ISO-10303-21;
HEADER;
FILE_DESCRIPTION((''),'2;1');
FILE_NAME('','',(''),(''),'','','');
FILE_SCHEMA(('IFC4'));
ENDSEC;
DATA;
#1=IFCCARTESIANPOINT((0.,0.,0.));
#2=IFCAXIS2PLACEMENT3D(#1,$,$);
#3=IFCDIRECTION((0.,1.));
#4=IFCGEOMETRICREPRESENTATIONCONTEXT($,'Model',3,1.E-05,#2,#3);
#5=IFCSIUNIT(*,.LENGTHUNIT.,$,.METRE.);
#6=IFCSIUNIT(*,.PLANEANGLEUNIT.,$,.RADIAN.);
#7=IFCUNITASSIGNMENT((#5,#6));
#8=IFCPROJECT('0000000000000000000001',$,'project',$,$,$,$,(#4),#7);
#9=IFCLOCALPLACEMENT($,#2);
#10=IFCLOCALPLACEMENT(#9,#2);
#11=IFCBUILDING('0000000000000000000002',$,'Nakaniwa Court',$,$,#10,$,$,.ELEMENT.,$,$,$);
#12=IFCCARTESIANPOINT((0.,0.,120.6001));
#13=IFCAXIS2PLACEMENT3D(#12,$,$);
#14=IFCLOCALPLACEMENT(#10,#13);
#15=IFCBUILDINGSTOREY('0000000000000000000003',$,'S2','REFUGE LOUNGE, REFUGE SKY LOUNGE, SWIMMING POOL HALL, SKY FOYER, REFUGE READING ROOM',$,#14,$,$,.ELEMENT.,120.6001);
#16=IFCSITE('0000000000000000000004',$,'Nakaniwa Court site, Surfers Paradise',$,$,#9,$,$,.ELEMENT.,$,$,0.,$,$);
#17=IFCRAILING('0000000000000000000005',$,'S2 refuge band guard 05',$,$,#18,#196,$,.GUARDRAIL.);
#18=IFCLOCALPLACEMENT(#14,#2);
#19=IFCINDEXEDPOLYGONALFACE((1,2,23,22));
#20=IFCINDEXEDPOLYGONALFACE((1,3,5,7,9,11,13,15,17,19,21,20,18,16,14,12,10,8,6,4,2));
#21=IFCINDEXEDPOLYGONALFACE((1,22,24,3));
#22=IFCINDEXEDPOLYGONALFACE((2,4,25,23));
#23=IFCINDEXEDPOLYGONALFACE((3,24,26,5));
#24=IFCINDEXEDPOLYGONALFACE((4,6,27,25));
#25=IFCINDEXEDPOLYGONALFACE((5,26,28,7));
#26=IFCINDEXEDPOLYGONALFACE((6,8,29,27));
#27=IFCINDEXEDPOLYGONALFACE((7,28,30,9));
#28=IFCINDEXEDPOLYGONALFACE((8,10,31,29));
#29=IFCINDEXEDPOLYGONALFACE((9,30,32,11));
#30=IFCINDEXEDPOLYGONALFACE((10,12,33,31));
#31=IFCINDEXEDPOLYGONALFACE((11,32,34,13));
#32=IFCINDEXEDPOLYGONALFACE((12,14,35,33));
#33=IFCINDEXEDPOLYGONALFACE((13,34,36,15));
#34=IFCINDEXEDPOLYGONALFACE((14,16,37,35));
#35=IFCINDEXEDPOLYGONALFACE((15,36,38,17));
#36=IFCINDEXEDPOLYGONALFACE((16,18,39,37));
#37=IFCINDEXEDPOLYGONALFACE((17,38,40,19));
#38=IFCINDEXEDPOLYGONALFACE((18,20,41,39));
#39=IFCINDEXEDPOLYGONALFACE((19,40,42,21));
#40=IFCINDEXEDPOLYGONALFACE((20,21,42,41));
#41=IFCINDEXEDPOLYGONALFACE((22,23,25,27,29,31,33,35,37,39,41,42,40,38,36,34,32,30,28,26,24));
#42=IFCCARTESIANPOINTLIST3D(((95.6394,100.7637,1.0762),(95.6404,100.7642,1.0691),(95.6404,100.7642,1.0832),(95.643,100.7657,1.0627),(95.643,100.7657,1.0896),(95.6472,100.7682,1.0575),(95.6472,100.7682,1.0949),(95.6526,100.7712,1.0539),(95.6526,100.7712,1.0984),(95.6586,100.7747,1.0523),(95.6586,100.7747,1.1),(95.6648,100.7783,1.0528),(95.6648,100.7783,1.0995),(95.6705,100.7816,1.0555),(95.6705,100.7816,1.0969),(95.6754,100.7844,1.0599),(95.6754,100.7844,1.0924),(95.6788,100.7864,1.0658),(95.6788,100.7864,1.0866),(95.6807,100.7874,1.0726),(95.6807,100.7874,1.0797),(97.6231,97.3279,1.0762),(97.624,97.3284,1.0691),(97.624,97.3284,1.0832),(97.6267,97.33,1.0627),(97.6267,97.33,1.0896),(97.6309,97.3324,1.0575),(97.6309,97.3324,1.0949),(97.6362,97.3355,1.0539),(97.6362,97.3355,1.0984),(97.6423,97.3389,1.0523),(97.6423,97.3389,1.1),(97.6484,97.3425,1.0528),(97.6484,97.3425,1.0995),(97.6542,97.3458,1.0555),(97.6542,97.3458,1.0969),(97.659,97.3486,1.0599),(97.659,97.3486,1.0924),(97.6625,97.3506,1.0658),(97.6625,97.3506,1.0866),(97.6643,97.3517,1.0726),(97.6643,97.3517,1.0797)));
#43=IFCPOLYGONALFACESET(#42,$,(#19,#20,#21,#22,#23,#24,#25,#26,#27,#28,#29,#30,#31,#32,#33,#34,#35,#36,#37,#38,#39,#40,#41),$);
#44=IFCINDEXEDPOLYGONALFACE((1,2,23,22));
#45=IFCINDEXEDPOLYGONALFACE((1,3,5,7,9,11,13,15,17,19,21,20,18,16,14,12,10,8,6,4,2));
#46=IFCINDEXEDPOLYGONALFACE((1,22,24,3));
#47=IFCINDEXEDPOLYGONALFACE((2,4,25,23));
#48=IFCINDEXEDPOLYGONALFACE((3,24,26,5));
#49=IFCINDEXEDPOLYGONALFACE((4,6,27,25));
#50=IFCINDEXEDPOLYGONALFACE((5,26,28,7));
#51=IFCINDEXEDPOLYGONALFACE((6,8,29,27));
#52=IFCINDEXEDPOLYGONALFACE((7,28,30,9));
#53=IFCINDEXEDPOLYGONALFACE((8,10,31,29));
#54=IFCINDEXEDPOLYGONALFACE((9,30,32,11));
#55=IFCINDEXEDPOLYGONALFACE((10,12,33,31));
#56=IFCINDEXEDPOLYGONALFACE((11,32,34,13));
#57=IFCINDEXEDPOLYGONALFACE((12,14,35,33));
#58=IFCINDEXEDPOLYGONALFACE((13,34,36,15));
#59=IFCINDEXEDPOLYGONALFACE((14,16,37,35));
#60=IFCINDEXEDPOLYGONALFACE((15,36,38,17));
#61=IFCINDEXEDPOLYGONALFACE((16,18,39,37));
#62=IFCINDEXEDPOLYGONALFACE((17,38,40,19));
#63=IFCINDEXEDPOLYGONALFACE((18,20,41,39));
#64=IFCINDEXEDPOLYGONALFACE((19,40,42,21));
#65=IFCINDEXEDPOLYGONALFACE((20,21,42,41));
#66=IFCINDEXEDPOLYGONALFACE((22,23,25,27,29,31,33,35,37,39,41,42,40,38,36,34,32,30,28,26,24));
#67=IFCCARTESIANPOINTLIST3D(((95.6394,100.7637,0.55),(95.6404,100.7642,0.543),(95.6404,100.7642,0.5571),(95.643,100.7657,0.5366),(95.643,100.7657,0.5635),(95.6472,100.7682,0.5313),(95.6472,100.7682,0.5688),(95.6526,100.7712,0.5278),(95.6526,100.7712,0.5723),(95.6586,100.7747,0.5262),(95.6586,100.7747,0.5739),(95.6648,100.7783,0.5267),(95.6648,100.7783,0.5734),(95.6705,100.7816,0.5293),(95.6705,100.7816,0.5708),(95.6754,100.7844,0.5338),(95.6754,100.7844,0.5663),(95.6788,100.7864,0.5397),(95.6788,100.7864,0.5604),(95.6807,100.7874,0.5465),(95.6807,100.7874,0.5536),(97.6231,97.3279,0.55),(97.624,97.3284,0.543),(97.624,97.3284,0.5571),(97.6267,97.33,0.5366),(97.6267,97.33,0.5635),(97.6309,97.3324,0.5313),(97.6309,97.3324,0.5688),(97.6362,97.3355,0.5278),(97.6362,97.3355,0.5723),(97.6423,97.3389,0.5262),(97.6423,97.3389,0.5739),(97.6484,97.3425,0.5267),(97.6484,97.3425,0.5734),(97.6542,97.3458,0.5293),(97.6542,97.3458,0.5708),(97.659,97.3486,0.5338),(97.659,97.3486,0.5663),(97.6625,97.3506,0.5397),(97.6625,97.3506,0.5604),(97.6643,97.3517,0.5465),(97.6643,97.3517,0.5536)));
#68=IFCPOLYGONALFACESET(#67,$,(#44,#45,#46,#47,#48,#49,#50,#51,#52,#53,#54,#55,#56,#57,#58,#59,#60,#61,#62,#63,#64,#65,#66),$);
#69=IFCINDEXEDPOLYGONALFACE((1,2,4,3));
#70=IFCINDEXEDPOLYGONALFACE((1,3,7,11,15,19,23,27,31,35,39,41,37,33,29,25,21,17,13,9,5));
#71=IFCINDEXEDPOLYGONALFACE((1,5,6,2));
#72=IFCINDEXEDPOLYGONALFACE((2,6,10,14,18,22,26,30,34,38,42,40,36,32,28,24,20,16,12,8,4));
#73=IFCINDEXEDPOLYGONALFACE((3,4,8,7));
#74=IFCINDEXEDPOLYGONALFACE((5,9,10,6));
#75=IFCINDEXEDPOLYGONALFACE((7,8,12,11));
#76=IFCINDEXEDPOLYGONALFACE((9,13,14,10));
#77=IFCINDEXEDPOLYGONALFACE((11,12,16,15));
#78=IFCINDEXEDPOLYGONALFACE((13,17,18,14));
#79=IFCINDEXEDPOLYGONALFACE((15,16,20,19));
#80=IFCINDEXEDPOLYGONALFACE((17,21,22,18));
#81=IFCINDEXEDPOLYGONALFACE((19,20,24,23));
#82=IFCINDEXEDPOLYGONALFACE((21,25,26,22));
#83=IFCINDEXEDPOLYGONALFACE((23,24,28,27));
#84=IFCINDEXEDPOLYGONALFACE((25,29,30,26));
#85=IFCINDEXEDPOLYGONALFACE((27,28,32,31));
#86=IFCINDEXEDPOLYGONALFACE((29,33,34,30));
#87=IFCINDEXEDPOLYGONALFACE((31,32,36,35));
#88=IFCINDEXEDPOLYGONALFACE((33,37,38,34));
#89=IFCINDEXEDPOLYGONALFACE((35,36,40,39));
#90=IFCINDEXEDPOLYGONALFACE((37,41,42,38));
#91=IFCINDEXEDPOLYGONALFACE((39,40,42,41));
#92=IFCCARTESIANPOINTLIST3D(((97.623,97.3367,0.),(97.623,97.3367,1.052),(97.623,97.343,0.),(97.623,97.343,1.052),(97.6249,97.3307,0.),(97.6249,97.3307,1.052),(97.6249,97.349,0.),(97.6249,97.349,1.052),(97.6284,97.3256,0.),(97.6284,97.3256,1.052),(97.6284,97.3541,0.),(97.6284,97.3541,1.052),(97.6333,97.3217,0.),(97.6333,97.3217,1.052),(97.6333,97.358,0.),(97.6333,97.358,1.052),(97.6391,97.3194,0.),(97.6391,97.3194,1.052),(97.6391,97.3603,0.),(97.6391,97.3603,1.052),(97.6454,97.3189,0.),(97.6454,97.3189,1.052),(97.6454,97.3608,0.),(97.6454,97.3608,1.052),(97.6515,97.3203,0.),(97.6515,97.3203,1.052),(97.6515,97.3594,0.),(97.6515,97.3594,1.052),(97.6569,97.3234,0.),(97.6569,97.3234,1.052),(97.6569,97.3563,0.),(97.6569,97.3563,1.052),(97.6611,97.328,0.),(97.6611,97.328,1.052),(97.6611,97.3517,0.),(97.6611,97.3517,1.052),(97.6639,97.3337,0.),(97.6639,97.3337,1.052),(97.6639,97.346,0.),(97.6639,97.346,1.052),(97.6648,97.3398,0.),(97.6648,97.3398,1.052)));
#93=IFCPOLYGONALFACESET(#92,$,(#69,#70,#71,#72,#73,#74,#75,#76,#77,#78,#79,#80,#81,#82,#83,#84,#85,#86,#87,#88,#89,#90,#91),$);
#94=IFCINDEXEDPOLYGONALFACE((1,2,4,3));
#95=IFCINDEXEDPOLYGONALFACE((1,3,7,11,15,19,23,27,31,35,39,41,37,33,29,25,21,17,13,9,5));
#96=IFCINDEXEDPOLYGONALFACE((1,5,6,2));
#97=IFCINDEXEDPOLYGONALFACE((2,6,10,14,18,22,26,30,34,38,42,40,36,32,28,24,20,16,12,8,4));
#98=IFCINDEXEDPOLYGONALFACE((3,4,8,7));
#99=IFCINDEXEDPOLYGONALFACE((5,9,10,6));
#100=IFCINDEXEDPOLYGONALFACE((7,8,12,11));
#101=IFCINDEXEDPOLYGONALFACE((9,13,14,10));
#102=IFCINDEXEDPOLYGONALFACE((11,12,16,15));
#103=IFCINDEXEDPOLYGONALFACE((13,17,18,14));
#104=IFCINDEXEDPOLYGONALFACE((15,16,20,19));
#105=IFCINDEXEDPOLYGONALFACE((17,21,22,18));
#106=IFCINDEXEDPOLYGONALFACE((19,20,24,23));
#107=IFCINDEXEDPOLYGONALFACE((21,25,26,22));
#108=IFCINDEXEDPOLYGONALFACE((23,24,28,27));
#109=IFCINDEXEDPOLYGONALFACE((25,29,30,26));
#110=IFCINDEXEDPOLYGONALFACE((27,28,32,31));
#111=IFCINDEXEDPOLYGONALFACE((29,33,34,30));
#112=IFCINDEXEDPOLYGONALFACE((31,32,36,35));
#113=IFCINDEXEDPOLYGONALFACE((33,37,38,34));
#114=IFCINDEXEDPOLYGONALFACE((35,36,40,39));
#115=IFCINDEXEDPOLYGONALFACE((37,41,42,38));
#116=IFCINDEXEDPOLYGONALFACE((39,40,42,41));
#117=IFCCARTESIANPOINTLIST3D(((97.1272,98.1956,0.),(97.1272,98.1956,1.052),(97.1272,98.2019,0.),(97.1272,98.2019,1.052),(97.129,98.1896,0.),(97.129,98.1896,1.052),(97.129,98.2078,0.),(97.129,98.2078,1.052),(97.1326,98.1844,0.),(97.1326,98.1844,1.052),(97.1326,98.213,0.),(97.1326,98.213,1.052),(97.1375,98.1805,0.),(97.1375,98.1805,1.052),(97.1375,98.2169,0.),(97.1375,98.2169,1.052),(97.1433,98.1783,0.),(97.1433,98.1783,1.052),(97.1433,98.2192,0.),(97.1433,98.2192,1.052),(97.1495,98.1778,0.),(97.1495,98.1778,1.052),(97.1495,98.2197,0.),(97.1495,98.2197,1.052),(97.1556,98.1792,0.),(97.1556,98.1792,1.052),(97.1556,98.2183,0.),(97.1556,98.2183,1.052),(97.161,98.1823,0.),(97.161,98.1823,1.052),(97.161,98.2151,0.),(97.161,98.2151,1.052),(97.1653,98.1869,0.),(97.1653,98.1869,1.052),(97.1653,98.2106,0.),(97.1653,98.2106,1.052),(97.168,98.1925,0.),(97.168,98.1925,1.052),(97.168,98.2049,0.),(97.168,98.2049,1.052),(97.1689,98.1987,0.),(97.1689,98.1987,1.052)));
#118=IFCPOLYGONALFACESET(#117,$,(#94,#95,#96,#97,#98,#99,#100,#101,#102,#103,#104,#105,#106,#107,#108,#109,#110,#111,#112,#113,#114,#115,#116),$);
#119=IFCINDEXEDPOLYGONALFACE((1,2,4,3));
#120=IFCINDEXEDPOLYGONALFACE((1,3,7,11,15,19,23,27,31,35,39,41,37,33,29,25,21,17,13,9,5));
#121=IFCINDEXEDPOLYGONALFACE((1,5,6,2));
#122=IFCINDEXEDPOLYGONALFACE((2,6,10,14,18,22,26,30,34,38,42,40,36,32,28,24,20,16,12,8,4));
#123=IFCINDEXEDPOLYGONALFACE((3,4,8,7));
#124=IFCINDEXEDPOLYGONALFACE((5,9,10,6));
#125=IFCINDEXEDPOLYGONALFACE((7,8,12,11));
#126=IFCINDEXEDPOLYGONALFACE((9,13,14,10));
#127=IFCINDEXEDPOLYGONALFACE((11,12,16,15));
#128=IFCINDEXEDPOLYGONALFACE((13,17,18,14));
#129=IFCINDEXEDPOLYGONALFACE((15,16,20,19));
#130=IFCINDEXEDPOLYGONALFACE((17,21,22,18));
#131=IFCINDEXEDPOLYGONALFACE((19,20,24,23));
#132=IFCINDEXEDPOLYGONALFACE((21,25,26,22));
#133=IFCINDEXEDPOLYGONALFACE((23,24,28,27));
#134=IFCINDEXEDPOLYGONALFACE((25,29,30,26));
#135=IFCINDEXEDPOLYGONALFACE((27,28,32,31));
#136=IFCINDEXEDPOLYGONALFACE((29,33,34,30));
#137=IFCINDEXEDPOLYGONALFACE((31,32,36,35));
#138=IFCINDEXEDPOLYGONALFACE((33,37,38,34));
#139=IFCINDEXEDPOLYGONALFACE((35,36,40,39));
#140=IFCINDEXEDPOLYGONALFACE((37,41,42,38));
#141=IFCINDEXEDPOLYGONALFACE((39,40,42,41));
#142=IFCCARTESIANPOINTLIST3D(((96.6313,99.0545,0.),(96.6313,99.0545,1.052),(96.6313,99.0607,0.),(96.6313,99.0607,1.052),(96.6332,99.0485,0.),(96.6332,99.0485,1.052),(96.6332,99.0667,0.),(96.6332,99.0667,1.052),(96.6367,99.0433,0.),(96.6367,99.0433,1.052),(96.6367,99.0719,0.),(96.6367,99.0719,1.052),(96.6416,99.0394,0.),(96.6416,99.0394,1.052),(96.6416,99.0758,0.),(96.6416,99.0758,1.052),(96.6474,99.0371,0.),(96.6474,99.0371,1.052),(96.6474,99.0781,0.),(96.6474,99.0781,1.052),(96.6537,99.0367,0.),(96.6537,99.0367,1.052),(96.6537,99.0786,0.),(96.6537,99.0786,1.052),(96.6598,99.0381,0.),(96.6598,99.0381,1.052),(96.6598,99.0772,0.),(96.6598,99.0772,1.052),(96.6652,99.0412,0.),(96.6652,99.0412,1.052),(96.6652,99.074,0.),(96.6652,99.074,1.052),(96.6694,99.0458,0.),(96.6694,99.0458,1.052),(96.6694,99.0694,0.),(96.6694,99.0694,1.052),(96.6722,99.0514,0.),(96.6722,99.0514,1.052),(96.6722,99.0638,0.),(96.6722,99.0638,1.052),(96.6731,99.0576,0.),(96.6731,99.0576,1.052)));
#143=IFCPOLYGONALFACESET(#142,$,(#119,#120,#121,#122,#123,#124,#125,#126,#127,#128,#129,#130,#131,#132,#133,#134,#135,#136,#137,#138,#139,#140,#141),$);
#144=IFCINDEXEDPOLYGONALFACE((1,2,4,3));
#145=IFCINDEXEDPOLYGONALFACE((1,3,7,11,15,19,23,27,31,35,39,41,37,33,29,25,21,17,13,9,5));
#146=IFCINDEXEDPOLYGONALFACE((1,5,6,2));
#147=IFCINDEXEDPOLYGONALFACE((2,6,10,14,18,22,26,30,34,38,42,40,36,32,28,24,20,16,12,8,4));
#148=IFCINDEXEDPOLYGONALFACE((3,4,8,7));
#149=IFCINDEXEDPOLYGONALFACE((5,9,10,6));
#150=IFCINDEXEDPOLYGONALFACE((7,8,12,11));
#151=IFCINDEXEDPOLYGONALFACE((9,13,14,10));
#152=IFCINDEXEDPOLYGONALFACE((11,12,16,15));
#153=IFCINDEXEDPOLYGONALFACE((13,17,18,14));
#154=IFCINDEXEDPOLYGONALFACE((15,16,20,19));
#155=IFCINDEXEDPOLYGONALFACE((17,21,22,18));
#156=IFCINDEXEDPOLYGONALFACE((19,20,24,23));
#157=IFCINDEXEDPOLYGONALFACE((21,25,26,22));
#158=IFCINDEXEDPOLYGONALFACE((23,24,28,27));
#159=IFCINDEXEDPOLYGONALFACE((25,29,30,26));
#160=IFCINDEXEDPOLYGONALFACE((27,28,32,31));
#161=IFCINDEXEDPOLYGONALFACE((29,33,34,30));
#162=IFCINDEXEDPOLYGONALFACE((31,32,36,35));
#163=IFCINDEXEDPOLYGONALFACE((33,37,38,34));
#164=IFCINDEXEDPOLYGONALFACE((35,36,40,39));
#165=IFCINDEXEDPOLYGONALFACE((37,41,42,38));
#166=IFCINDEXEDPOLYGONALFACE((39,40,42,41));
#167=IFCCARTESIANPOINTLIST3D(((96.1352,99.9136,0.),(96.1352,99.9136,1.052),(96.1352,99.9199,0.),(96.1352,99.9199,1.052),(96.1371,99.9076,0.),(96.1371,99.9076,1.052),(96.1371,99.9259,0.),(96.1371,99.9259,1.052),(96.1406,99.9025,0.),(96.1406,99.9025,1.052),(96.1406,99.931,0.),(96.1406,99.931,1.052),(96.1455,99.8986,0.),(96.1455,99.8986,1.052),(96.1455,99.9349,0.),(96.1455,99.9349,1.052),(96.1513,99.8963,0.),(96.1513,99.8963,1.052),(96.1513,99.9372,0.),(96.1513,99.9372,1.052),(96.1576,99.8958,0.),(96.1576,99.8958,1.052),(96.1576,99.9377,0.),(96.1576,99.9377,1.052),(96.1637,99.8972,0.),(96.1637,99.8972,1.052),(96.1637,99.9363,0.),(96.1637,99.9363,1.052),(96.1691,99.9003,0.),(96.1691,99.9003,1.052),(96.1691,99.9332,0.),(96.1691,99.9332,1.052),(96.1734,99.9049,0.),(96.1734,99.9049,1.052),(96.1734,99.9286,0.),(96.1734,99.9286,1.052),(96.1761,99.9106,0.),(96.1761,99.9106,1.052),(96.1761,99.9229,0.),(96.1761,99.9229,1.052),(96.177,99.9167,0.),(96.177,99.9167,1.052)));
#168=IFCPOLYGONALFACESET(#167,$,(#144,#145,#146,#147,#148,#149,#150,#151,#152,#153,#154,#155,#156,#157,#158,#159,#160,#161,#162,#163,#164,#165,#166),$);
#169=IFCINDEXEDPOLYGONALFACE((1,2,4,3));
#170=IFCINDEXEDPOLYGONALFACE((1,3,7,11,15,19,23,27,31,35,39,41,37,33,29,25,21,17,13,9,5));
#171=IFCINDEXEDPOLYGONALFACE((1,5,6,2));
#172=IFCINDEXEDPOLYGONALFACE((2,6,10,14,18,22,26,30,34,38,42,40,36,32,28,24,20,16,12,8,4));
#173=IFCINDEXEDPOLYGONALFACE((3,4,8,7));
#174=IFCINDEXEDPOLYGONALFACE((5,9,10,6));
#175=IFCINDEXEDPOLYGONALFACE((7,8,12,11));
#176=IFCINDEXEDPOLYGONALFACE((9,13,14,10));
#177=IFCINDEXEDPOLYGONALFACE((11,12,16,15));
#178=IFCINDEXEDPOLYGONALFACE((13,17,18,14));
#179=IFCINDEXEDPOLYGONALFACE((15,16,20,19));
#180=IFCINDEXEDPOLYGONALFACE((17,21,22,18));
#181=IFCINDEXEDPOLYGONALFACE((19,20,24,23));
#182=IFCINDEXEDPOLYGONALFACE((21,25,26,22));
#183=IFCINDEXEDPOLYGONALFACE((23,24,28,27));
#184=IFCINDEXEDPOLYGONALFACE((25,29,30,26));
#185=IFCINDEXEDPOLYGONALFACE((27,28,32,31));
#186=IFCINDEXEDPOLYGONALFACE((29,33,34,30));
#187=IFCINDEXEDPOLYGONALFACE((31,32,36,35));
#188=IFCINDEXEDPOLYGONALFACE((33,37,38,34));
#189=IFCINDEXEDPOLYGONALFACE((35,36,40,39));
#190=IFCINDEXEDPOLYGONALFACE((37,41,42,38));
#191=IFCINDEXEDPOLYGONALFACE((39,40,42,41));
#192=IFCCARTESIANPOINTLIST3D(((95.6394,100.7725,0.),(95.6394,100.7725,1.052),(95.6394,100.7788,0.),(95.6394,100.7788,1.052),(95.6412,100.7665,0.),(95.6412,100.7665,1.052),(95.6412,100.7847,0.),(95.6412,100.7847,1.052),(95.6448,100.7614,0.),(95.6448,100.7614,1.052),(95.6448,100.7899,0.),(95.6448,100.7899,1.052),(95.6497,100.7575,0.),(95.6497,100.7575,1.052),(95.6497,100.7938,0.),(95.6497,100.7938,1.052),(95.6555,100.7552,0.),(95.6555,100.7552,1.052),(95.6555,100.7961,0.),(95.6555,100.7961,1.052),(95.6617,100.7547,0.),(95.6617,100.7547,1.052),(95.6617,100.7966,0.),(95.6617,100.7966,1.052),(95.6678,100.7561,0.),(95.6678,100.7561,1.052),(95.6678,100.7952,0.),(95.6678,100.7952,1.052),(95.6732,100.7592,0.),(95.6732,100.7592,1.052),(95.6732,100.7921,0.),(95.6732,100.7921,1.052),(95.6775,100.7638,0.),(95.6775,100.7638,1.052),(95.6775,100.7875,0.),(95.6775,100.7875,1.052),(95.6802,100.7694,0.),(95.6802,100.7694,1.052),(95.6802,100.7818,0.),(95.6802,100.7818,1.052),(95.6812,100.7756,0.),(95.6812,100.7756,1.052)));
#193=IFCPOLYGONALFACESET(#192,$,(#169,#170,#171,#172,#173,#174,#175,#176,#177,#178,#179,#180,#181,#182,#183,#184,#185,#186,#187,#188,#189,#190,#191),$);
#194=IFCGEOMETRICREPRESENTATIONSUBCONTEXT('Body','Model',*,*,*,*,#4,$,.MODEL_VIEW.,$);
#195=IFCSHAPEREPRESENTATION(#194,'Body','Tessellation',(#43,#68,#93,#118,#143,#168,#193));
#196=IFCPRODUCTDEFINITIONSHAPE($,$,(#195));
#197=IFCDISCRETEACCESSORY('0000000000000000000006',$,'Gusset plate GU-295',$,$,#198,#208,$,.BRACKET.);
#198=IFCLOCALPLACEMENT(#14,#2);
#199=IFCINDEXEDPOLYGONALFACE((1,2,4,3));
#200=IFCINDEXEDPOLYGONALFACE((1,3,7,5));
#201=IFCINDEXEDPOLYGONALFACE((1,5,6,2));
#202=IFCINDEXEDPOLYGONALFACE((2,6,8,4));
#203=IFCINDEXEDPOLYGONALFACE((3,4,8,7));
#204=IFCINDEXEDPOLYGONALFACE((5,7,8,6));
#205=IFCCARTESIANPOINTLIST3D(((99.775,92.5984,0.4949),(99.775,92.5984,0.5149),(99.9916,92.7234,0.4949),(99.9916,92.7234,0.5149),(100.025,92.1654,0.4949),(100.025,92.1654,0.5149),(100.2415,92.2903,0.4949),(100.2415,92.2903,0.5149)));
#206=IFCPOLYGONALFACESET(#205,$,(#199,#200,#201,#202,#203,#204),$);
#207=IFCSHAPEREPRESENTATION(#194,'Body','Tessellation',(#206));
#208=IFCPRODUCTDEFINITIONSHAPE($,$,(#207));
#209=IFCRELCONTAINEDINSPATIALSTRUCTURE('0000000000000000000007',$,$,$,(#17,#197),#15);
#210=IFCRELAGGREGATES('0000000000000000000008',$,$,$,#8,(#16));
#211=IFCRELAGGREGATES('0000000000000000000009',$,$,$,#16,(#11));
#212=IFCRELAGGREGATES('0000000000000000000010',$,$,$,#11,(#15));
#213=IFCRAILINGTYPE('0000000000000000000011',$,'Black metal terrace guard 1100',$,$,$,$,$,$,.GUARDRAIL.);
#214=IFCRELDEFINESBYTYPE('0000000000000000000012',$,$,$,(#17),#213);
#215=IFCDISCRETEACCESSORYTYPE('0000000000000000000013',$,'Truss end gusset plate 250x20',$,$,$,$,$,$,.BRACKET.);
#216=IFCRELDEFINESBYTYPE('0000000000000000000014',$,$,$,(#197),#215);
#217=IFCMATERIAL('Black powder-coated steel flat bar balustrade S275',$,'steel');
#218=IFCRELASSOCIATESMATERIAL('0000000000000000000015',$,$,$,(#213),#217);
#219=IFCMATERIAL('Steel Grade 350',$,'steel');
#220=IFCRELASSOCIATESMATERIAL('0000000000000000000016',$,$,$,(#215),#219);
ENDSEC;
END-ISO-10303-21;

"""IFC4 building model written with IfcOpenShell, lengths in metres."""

from ifc_helpers import new_model, si_unit, direction, frame, origin, origin_2d, place, context, subcontext, project, spatial, rectangle, circle, extrude, material, material_profile, profile_set, type_object, element, save


model = new_model("IFC4")

# Units and contexts
model_context = context("Model", 3, precision=1e-05, world=origin(), true_north=direction((0.0, 1.0)))
body_context = subcontext(model_context, "Body", "Model", "MODEL_VIEW")
ifc_project = project(units=[si_unit("LENGTHUNIT", "METRE"), si_unit("PLANEANGLEUNIT", "RADIAN")], contexts=[model_context])

# Site, building, storey
site_placement = place(None, origin())
site = spatial("IfcSite", under=ifc_project, at=site_placement, Name="Nakaniwa Court site, Surfers Paradise", CompositionType="ELEMENT", RefElevation=0.0)
building_placement = place(site_placement, origin())
building = spatial("IfcBuilding", under=site, at=building_placement, Name="Nakaniwa Court", CompositionType="ELEMENT")
storey_placement = place(building_placement, frame((0.0, 0.0, 120.6001)))
storey = spatial("IfcBuildingStorey", under=building, at=storey_placement, Name="S2", Description="REFUGE LOUNGE, REFUGE SKY LOUNGE, SWIMMING POOL HALL, SKY FOYER, REFUGE READING ROOM", CompositionType="ELEMENT", Elevation=120.6001)

# Shared definitions
ifc_material_1 = material(Name="Steel Grade 350", Category="steel")

# Railing
ifc_material_2 = material(Name="Black powder-coated steel flat bar balustrade S275", Category="steel")
railing_type = type_object("IfcRailingType", Name="Black metal terrace guard 1100", PredefinedType="GUARDRAIL", material=ifc_material_2)
railing_1_placement = place(storey_placement, frame((97.6438, 97.3398, 0.0)))
element("IfcRailing", 1, at=railing_1_placement, inside=storey, type_object=railing_type, Name="S2 refuge band guard 05", PredefinedType="GUARDRAIL", context=body_context, shape_type="SweptSolid", body=[
    extrude(circle(Radius=0.0239, at=origin_2d()), frame((0.0, 0.0, 1.0762), z_axis=(-0.499998, 0.866027, 0.0), x_axis=(-0.866027, -0.499998, 0.0)), (0.0, 0.0, 1.0), 3.9673),
    extrude(circle(Radius=0.0239, at=origin_2d()), frame((0.0, 0.0, 0.55), z_axis=(-0.499998, 0.866027, 0.0), x_axis=(-0.866027, -0.499998, 0.0)), (0.0, 0.0, 1.0), 3.9673),
    extrude(circle(Radius=0.021, at=origin_2d()), origin(), (0.0, 0.0, 1.0), 1.052),
    extrude(circle(Radius=0.021, at=origin_2d()), frame((-0.4958, 0.8589, 0.0)), (0.0, 0.0, 1.0), 1.052),
    extrude(circle(Radius=0.021, at=origin_2d()), frame((-0.9917, 1.7178, 0.0)), (0.0, 0.0, 1.0), 1.052),
    extrude(circle(Radius=0.021, at=origin_2d()), frame((-1.4878, 2.5769, 0.0)), (0.0, 0.0, 1.0), 1.052),
    extrude(circle(Radius=0.021, at=origin_2d()), frame((-1.9836, 3.4358, 0.0)), (0.0, 0.0, 1.0), 1.052),
])

# Discrete accessory
ifc_material_profile_1 = material_profile(ifc_material_1, rectangle(XDim=0.25, YDim=0.02, at=origin_2d()), Name="Truss end gusset plate 250x20")
ifc_profile_set_1 = profile_set([ifc_material_profile_1], Name="Steel Grade 350")
discrete_accessory_type = type_object("IfcDiscreteAccessoryType", Name="Truss end gusset plate 250x20", PredefinedType="BRACKET", material=ifc_profile_set_1)
discrete_accessory_1_placement = place(storey_placement, frame((99.8833, 92.6609, 0.5049), z_axis=(0.49992, -0.866072, 0.0), x_axis=(0.866072, 0.49992, 0.0)))
element("IfcDiscreteAccessory", 2, at=discrete_accessory_1_placement, inside=storey, type_object=discrete_accessory_type, Name="Gusset plate GU-295", PredefinedType="BRACKET", context=body_context, shape_type="SweptSolid", body=[
    extrude(rectangle(XDim=0.25, YDim=0.02, at=origin_2d()), origin(), (0.0, 0.0, 1.0), 0.5),
])

save(model, "model.ifc")
